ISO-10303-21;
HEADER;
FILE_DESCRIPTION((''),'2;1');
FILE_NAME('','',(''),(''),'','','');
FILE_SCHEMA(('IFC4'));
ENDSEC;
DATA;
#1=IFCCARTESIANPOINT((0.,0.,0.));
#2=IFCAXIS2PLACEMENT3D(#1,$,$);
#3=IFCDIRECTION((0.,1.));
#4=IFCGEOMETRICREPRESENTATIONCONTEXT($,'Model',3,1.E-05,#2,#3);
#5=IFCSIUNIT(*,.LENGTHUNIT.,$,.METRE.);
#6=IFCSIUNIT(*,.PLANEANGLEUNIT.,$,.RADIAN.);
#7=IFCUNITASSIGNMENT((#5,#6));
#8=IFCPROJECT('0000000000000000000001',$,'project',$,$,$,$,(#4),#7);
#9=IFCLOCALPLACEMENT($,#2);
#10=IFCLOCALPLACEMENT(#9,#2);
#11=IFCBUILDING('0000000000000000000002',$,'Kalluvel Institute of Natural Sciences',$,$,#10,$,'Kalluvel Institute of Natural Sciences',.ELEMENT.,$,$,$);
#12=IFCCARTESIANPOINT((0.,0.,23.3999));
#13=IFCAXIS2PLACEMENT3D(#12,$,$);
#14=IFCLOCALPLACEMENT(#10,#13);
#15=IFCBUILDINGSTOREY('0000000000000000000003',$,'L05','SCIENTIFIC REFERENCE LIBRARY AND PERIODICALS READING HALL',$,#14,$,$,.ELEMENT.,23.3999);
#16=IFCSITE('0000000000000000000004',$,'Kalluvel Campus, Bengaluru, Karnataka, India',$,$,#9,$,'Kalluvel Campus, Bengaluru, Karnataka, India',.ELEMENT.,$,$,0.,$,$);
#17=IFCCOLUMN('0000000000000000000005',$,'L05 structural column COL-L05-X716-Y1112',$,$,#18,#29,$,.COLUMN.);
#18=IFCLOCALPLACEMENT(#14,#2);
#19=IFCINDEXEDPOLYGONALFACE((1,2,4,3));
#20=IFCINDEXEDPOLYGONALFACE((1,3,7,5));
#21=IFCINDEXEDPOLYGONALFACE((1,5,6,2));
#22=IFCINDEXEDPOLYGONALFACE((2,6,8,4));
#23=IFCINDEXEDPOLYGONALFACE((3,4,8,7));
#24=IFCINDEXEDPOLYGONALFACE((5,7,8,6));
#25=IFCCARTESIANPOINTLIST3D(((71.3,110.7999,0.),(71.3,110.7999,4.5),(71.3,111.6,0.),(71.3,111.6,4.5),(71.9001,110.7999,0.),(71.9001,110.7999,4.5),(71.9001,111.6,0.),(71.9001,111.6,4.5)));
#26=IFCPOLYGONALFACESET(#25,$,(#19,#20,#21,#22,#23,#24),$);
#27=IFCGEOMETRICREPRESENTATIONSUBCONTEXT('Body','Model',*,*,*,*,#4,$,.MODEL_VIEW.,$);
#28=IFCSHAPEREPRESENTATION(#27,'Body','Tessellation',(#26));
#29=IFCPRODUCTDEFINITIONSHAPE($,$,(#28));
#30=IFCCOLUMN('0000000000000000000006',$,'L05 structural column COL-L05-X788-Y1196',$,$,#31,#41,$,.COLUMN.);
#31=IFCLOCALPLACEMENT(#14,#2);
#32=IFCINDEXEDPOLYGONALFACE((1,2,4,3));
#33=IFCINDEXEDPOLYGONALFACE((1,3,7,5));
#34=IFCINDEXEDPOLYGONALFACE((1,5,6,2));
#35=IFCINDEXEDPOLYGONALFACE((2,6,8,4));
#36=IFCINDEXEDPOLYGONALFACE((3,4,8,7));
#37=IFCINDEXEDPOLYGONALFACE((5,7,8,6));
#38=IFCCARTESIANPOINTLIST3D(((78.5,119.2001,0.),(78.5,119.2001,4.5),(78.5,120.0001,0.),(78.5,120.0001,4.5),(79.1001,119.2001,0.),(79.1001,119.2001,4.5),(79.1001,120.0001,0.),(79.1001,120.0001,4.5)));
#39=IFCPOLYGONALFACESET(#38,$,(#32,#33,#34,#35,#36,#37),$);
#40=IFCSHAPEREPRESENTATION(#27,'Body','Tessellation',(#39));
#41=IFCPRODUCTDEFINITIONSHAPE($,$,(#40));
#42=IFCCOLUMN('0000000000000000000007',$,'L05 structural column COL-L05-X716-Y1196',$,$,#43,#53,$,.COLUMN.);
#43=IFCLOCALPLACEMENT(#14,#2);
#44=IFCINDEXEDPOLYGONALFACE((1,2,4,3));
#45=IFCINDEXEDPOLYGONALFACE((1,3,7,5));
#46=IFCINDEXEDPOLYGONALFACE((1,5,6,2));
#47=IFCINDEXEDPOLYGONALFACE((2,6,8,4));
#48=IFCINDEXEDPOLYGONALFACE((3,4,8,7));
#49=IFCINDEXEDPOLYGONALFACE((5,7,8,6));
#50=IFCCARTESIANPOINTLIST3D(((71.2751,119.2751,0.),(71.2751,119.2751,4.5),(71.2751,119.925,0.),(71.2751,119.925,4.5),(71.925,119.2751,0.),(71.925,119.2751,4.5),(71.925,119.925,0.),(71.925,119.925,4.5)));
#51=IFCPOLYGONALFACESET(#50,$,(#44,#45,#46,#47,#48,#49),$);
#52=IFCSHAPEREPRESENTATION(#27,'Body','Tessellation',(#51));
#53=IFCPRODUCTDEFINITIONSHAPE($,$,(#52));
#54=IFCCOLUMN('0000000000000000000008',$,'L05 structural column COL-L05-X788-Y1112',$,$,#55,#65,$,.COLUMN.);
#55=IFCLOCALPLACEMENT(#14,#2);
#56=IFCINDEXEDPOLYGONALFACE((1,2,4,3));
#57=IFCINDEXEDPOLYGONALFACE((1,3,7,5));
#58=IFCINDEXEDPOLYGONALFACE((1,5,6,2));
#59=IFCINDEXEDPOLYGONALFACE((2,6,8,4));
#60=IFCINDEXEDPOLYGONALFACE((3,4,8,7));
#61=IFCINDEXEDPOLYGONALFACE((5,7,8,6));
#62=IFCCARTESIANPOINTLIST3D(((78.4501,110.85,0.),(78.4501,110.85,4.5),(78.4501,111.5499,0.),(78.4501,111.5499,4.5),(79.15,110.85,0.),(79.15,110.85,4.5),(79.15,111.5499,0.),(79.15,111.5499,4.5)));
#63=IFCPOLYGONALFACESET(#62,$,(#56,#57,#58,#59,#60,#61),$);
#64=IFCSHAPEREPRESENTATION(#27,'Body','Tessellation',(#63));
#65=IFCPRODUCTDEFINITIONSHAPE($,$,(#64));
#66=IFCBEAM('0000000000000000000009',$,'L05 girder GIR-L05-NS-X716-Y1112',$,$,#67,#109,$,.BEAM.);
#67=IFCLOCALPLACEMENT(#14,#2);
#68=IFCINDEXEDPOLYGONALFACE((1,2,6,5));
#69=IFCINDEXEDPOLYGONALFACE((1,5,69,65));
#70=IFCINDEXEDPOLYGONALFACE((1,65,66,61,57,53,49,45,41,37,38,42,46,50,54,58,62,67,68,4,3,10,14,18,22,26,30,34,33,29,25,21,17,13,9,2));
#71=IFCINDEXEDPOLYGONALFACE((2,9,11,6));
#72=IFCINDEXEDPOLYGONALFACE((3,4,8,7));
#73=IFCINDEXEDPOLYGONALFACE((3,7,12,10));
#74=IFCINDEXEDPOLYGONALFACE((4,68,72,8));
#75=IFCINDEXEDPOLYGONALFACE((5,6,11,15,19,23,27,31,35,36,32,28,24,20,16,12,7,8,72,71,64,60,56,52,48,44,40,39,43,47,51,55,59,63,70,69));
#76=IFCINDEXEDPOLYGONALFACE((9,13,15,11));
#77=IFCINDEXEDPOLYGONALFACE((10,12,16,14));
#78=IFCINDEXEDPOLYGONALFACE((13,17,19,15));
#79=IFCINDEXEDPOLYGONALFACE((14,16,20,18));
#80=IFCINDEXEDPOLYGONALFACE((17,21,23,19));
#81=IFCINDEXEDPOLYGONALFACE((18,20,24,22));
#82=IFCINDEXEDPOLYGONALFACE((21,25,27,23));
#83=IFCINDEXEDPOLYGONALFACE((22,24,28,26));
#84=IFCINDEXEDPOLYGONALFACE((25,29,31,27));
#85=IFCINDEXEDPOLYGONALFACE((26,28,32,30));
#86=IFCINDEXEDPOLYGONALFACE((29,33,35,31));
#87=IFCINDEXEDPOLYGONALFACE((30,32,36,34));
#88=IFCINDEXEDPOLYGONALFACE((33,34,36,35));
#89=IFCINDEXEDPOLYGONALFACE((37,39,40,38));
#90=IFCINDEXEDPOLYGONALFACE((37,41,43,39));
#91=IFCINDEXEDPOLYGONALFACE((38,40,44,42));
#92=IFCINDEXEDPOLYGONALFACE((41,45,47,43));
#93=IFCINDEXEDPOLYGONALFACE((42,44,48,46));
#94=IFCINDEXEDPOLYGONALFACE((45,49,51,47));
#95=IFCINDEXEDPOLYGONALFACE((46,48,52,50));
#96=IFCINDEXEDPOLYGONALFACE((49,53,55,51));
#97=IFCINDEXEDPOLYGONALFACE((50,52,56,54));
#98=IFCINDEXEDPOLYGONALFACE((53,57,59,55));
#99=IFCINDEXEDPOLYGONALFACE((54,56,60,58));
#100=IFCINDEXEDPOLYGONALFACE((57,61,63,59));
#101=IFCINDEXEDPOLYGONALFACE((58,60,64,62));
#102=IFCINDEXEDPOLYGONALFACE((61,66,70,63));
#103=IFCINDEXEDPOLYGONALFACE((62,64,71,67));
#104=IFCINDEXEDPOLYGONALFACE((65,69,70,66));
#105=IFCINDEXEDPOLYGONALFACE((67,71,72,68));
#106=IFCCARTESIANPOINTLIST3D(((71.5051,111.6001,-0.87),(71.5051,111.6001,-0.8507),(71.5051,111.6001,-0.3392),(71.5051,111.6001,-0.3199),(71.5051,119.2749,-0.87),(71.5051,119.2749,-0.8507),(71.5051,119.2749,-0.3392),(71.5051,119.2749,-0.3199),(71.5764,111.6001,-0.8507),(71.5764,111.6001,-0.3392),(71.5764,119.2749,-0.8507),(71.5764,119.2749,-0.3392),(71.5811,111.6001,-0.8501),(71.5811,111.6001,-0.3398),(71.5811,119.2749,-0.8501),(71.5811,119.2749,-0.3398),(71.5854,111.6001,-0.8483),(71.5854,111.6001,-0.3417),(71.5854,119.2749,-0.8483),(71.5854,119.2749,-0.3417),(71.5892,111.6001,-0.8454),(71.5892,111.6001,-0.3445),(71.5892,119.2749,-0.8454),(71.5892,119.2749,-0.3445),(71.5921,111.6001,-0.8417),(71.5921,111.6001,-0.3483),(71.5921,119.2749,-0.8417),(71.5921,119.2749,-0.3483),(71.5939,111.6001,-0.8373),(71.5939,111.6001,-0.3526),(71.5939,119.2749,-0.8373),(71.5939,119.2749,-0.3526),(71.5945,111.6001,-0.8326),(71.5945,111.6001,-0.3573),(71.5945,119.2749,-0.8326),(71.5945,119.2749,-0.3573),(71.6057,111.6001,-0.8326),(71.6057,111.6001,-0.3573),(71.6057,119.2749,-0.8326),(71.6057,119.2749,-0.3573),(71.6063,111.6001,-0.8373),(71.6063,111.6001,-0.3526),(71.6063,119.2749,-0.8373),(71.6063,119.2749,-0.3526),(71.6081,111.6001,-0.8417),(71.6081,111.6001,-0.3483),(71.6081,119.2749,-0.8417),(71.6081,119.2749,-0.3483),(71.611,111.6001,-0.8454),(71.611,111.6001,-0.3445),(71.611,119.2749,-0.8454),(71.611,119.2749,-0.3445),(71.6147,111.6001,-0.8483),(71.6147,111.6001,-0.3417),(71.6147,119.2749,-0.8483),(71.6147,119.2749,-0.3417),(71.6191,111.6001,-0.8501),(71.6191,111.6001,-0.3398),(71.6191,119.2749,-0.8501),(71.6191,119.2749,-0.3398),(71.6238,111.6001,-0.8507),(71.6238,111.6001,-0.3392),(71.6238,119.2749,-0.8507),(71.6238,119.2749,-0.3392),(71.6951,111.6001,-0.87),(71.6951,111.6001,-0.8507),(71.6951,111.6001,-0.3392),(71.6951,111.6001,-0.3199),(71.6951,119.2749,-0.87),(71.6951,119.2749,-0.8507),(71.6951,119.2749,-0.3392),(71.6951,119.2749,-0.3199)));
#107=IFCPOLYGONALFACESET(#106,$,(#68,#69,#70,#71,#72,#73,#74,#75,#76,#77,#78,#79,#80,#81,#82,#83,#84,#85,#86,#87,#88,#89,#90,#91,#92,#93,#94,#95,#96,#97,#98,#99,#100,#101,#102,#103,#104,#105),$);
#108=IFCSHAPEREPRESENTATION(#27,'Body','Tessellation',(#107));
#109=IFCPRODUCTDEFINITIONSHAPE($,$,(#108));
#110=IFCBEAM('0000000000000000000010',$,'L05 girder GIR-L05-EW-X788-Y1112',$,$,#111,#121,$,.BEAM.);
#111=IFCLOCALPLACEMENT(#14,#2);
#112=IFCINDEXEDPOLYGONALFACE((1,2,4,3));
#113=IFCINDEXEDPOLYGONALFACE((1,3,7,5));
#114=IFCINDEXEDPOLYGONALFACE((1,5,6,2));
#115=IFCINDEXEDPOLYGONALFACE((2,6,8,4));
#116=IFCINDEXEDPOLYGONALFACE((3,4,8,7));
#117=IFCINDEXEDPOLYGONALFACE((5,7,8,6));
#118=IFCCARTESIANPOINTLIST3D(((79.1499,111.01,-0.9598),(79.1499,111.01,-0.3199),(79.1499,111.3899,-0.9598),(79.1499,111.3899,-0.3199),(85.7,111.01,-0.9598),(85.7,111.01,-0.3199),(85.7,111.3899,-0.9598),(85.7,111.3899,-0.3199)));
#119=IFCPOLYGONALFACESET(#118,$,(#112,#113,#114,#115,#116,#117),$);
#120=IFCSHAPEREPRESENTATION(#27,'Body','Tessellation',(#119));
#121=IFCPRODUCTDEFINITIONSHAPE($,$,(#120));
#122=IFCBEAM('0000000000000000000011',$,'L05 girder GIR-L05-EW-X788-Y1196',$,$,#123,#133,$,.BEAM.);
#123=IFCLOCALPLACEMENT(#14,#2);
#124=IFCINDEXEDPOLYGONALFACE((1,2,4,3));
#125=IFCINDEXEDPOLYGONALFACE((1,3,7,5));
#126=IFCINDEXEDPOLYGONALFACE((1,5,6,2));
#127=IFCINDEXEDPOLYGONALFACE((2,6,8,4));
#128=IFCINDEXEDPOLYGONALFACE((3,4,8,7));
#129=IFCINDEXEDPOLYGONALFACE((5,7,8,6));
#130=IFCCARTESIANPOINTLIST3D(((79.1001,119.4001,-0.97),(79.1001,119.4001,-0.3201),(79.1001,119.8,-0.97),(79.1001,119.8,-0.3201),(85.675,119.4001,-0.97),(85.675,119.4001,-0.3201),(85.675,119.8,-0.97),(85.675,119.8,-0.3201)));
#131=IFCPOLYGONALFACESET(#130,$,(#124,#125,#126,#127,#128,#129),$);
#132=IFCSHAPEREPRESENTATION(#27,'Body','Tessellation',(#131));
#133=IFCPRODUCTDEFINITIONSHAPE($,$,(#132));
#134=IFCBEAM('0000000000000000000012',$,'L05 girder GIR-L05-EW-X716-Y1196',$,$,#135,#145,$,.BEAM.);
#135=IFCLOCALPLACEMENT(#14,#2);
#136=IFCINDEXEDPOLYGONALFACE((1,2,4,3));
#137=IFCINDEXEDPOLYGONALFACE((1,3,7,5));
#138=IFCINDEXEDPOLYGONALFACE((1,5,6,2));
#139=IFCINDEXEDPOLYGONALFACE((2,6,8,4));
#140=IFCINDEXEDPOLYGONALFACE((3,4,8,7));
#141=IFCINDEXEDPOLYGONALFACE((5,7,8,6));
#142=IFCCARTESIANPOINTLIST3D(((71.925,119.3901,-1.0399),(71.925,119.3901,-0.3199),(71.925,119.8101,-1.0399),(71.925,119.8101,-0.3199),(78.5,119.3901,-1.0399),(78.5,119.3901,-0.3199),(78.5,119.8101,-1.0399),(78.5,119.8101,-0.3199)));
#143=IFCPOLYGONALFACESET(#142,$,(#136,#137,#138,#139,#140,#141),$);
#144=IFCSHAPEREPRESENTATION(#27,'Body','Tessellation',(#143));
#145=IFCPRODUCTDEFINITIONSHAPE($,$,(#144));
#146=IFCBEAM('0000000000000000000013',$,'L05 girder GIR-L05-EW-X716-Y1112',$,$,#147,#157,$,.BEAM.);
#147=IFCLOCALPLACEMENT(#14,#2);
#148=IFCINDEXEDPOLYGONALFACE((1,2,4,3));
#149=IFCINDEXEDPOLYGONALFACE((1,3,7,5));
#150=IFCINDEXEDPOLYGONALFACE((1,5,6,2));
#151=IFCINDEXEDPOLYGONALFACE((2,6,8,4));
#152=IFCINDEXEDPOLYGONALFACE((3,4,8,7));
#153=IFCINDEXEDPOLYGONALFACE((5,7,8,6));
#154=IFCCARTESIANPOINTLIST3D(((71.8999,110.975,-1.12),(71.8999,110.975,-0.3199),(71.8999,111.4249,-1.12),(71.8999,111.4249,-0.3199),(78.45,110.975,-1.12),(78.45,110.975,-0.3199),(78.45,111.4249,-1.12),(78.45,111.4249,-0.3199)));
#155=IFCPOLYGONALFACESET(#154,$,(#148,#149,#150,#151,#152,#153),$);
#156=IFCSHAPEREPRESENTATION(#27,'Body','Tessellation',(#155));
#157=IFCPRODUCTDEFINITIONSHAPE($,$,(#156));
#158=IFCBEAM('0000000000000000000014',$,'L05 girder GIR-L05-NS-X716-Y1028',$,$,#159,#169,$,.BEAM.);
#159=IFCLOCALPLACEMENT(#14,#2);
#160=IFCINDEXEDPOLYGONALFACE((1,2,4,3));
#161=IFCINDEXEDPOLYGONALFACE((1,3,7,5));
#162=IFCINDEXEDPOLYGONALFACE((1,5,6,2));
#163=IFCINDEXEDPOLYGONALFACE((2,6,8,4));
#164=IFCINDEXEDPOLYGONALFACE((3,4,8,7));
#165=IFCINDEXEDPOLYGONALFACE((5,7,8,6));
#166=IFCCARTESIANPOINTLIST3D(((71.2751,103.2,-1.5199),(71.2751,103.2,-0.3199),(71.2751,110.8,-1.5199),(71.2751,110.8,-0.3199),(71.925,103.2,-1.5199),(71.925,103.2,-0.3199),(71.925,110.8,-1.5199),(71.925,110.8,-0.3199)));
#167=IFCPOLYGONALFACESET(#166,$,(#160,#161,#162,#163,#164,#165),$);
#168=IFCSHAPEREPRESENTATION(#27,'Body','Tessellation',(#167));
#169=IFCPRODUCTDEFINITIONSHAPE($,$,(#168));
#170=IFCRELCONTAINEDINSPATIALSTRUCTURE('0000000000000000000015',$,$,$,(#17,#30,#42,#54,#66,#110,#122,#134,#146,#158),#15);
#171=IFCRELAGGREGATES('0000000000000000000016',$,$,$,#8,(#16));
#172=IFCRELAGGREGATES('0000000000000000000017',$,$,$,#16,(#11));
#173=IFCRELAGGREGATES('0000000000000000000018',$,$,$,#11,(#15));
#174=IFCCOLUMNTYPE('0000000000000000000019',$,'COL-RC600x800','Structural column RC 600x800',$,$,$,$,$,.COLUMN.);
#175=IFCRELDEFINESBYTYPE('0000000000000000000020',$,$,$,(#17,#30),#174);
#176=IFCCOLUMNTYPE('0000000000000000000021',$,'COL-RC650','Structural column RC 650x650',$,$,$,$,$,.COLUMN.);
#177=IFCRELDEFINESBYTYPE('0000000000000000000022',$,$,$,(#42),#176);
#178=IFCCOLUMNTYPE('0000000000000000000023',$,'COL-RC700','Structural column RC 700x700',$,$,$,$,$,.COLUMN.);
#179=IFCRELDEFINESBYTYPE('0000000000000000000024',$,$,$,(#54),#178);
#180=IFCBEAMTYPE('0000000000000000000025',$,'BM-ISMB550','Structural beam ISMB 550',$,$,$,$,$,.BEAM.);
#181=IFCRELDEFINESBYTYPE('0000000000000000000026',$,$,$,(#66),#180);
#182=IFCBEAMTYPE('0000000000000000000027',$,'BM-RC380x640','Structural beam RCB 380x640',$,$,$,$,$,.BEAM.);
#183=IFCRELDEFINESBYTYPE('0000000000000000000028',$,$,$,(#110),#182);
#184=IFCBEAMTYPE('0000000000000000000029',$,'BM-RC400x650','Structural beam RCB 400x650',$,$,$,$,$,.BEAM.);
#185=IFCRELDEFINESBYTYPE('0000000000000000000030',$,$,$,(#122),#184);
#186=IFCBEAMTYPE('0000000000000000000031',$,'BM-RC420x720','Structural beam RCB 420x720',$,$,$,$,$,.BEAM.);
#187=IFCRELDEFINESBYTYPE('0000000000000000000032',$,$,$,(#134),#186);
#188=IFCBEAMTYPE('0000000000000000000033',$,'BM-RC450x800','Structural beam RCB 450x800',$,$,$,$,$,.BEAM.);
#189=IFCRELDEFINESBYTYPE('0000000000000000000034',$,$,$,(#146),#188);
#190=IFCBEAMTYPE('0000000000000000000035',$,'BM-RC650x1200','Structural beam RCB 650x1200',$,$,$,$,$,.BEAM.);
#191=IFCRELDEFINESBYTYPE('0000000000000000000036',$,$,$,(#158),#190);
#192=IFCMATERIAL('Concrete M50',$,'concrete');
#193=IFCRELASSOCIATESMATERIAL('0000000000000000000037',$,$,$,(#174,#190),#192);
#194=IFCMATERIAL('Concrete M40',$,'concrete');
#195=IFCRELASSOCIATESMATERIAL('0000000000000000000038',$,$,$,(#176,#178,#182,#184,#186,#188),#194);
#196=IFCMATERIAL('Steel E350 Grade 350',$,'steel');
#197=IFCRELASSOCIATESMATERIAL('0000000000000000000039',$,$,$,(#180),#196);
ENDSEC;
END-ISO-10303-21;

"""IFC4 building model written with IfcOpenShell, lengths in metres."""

from ifc_helpers import new_model, si_unit, direction, frame, origin, origin_2d, place, context, subcontext, project, spatial, rectangle, i_section, extrude, material, material_profile, profile_set, type_object, element, save


model = new_model("IFC4")

# Units and contexts
model_context = context("Model", 3, precision=1e-05, world=origin(), true_north=direction((0.0, 1.0)))
body_context = subcontext(model_context, "Body", "Model", "MODEL_VIEW")
ifc_project = project(units=[si_unit("LENGTHUNIT", "METRE"), si_unit("PLANEANGLEUNIT", "RADIAN")], contexts=[model_context])

# Site, building, storey
site_placement = place(None, origin())
site = spatial("IfcSite", under=ifc_project, at=site_placement, Name="Kalluvel Campus, Bengaluru, Karnataka, India", LongName="Kalluvel Campus, Bengaluru, Karnataka, India", CompositionType="ELEMENT", RefElevation=0.0)
building_placement = place(site_placement, origin())
building = spatial("IfcBuilding", under=site, at=building_placement, Name="Kalluvel Institute of Natural Sciences", LongName="Kalluvel Institute of Natural Sciences", CompositionType="ELEMENT")
storey_placement = place(building_placement, frame((0.0, 0.0, 23.3999)))
storey = spatial("IfcBuildingStorey", under=building, at=storey_placement, Name="L05", Description="SCIENTIFIC REFERENCE LIBRARY AND PERIODICALS READING HALL", CompositionType="ELEMENT", Elevation=23.3999)

# Columns
ifc_material_1 = material(Name="Concrete M50", Category="concrete")
ifc_material_profile_1 = material_profile(ifc_material_1, rectangle(XDim=0.6001, YDim=0.8, at=origin_2d()), Name="RC 600x800")
ifc_profile_set_1 = profile_set([ifc_material_profile_1], Name="Concrete M50")
column_type_1 = type_object("IfcColumnType", Name="COL-RC600x800", Description="Structural column RC 600x800", PredefinedType="COLUMN", material=ifc_profile_set_1)
for number, where, z_axis, x_axis, name in (
    (1, (71.6001, 111.2, 0.0), (0.0, 0.0, 1.0), (1.0, 0.0, 0.0), "L05 structural column COL-L05-X716-Y1112"),
    (2, (78.8, 119.6001, 0.0), (0.0, 0.0, 1.0), (1.0, 0.0, 0.0), "L05 structural column COL-L05-X788-Y1196"),
):
    element("IfcColumn", number, at=place(storey_placement, frame(where, z_axis=z_axis, x_axis=x_axis)), inside=storey, type_object=column_type_1, Name=name, PredefinedType="COLUMN", context=body_context, shape_type="SweptSolid", body=[
        extrude(rectangle(XDim=0.6001, YDim=0.8, at=origin_2d()), origin(), (0.0, 0.0, 1.0), 4.5),
    ])
ifc_material_2 = material(Name="Concrete M40", Category="concrete")
ifc_material_profile_2 = material_profile(ifc_material_2, rectangle(XDim=0.6499, YDim=0.6499, at=origin_2d()), Name="RC 650x650")
ifc_profile_set_2 = profile_set([ifc_material_profile_2], Name="Concrete M40")
column_type_2 = type_object("IfcColumnType", Name="COL-RC650", Description="Structural column RC 650x650", PredefinedType="COLUMN", material=ifc_profile_set_2)
column_1_placement = place(storey_placement, frame((71.6001, 119.6001, 0.0), z_axis=(0.0, 0.0, 1.0), x_axis=(1.0, 0.0, 0.0)))
element("IfcColumn", 3, at=column_1_placement, inside=storey, type_object=column_type_2, Name="L05 structural column COL-L05-X716-Y1196", PredefinedType="COLUMN", context=body_context, shape_type="SweptSolid", body=[
    extrude(rectangle(XDim=0.6499, YDim=0.6499, at=origin_2d()), origin(), (0.0, 0.0, 1.0), 4.5),
])
ifc_material_profile_3 = material_profile(ifc_material_2, rectangle(XDim=0.7, YDim=0.7, at=origin_2d()), Name="RC 700x700")
ifc_profile_set_3 = profile_set([ifc_material_profile_3], Name="Concrete M40")
column_type_3 = type_object("IfcColumnType", Name="COL-RC700", Description="Structural column RC 700x700", PredefinedType="COLUMN", material=ifc_profile_set_3)
column_2_placement = place(storey_placement, frame((78.8, 111.2, 0.0), z_axis=(0.0, 0.0, 1.0), x_axis=(1.0, 0.0, 0.0)))
element("IfcColumn", 4, at=column_2_placement, inside=storey, type_object=column_type_3, Name="L05 structural column COL-L05-X788-Y1112", PredefinedType="COLUMN", context=body_context, shape_type="SweptSolid", body=[
    extrude(rectangle(XDim=0.7, YDim=0.7, at=origin_2d()), origin(), (0.0, 0.0, 1.0), 4.5),
])

# Beams
ifc_material_3 = material(Name="Steel E350 Grade 350", Category="steel")
ifc_material_profile_4 = material_profile(ifc_material_3, i_section(OverallWidth=0.1899, OverallDepth=0.55, WebThickness=0.0112, FlangeThickness=0.0193, FilletRadius=0.0181, at=origin_2d()), Name="ISMB 550")
ifc_profile_set_4 = profile_set([ifc_material_profile_4], Name="Steel E350 Grade 350")
beam_type_1 = type_object("IfcBeamType", Name="BM-ISMB550", Description="Structural beam ISMB 550", PredefinedType="BEAM", material=ifc_profile_set_4)
beam_1_placement = place(storey_placement, frame((71.6001, 111.6001, -0.595), z_axis=(0.0, 1.0, 0.0), x_axis=(-1.0, 0.0, 0.0)))
element("IfcBeam", 5, at=beam_1_placement, inside=storey, type_object=beam_type_1, Name="L05 girder GIR-L05-NS-X716-Y1112", PredefinedType="BEAM", context=body_context, shape_type="SweptSolid", body=[
    extrude(i_section(OverallWidth=0.1899, OverallDepth=0.55, WebThickness=0.0112, FlangeThickness=0.0193, FilletRadius=0.0181, at=origin_2d()), origin(), (0.0, 0.0, 1.0), 7.6748),
])
ifc_material_profile_5 = material_profile(ifc_material_2, rectangle(XDim=0.3799, YDim=0.6399, at=origin_2d()), Name="RCB 380x640")
ifc_profile_set_5 = profile_set([ifc_material_profile_5], Name="Concrete M40")
beam_type_2 = type_object("IfcBeamType", Name="BM-RC380x640", Description="Structural beam RCB 380x640", PredefinedType="BEAM", material=ifc_profile_set_5)
beam_2_placement = place(storey_placement, frame((79.1499, 111.2, -0.6399), z_axis=(1.0, 0.0, 0.0), x_axis=(0.0, 1.0, 0.0)))
element("IfcBeam", 6, at=beam_2_placement, inside=storey, type_object=beam_type_2, Name="L05 girder GIR-L05-EW-X788-Y1112", PredefinedType="BEAM", context=body_context, shape_type="SweptSolid", body=[
    extrude(rectangle(XDim=0.3799, YDim=0.6399, at=origin_2d()), origin(), (0.0, 0.0, 1.0), 6.55),
])
ifc_material_profile_6 = material_profile(ifc_material_2, rectangle(XDim=0.3999, YDim=0.6499, at=origin_2d()), Name="RCB 400x650")
ifc_profile_set_6 = profile_set([ifc_material_profile_6], Name="Concrete M40")
beam_type_3 = type_object("IfcBeamType", Name="BM-RC400x650", Description="Structural beam RCB 400x650", PredefinedType="BEAM", material=ifc_profile_set_6)
beam_3_placement = place(storey_placement, frame((79.1001, 119.6001, -0.645), z_axis=(1.0, 0.0, 0.0), x_axis=(0.0, 1.0, 0.0)))
element("IfcBeam", 7, at=beam_3_placement, inside=storey, type_object=beam_type_3, Name="L05 girder GIR-L05-EW-X788-Y1196", PredefinedType="BEAM", context=body_context, shape_type="SweptSolid", body=[
    extrude(rectangle(XDim=0.3999, YDim=0.6499, at=origin_2d()), origin(), (0.0, 0.0, 1.0), 6.575),
])
ifc_material_profile_7 = material_profile(ifc_material_2, rectangle(XDim=0.4199, YDim=0.72, at=origin_2d()), Name="RCB 420x720")
ifc_profile_set_7 = profile_set([ifc_material_profile_7], Name="Concrete M40")
beam_type_4 = type_object("IfcBeamType", Name="BM-RC420x720", Description="Structural beam RCB 420x720", PredefinedType="BEAM", material=ifc_profile_set_7)
beam_4_placement = place(storey_placement, frame((71.925, 119.6001, -0.6799), z_axis=(1.0, 0.0, 0.0), x_axis=(0.0, 1.0, 0.0)))
element("IfcBeam", 8, at=beam_4_placement, inside=storey, type_object=beam_type_4, Name="L05 girder GIR-L05-EW-X716-Y1196", PredefinedType="BEAM", context=body_context, shape_type="SweptSolid", body=[
    extrude(rectangle(XDim=0.4199, YDim=0.72, at=origin_2d()), origin(), (0.0, 0.0, 1.0), 6.575),
])
ifc_material_profile_8 = material_profile(ifc_material_2, rectangle(XDim=0.45, YDim=0.8, at=origin_2d()), Name="RCB 450x800")
ifc_profile_set_8 = profile_set([ifc_material_profile_8], Name="Concrete M40")
beam_type_5 = type_object("IfcBeamType", Name="BM-RC450x800", Description="Structural beam RCB 450x800", PredefinedType="BEAM", material=ifc_profile_set_8)
beam_5_placement = place(storey_placement, frame((71.8999, 111.2, -0.72), z_axis=(1.0, 0.0, 0.0), x_axis=(0.0, 1.0, 0.0)))
element("IfcBeam", 9, at=beam_5_placement, inside=storey, type_object=beam_type_5, Name="L05 girder GIR-L05-EW-X716-Y1112", PredefinedType="BEAM", context=body_context, shape_type="SweptSolid", body=[
    extrude(rectangle(XDim=0.45, YDim=0.8, at=origin_2d()), origin(), (0.0, 0.0, 1.0), 6.55),
])
ifc_material_profile_9 = material_profile(ifc_material_1, rectangle(XDim=0.6499, YDim=1.2, at=origin_2d()), Name="RCB 650x1200")
ifc_profile_set_9 = profile_set([ifc_material_profile_9], Name="Concrete M50")
beam_type_6 = type_object("IfcBeamType", Name="BM-RC650x1200", Description="Structural beam RCB 650x1200", PredefinedType="BEAM", material=ifc_profile_set_9)
beam_6_placement = place(storey_placement, frame((71.6001, 103.2, -0.9199), z_axis=(0.0, 1.0, 0.0), x_axis=(-1.0, 0.0, 0.0)))
element("IfcBeam", 10, at=beam_6_placement, inside=storey, type_object=beam_type_6, Name="L05 girder GIR-L05-NS-X716-Y1028", PredefinedType="BEAM", context=body_context, shape_type="SweptSolid", body=[
    extrude(rectangle(XDim=0.6499, YDim=1.2, at=origin_2d()), origin(), (0.0, 0.0, 1.0), 7.6001),
])

save(model, "model.ifc")
